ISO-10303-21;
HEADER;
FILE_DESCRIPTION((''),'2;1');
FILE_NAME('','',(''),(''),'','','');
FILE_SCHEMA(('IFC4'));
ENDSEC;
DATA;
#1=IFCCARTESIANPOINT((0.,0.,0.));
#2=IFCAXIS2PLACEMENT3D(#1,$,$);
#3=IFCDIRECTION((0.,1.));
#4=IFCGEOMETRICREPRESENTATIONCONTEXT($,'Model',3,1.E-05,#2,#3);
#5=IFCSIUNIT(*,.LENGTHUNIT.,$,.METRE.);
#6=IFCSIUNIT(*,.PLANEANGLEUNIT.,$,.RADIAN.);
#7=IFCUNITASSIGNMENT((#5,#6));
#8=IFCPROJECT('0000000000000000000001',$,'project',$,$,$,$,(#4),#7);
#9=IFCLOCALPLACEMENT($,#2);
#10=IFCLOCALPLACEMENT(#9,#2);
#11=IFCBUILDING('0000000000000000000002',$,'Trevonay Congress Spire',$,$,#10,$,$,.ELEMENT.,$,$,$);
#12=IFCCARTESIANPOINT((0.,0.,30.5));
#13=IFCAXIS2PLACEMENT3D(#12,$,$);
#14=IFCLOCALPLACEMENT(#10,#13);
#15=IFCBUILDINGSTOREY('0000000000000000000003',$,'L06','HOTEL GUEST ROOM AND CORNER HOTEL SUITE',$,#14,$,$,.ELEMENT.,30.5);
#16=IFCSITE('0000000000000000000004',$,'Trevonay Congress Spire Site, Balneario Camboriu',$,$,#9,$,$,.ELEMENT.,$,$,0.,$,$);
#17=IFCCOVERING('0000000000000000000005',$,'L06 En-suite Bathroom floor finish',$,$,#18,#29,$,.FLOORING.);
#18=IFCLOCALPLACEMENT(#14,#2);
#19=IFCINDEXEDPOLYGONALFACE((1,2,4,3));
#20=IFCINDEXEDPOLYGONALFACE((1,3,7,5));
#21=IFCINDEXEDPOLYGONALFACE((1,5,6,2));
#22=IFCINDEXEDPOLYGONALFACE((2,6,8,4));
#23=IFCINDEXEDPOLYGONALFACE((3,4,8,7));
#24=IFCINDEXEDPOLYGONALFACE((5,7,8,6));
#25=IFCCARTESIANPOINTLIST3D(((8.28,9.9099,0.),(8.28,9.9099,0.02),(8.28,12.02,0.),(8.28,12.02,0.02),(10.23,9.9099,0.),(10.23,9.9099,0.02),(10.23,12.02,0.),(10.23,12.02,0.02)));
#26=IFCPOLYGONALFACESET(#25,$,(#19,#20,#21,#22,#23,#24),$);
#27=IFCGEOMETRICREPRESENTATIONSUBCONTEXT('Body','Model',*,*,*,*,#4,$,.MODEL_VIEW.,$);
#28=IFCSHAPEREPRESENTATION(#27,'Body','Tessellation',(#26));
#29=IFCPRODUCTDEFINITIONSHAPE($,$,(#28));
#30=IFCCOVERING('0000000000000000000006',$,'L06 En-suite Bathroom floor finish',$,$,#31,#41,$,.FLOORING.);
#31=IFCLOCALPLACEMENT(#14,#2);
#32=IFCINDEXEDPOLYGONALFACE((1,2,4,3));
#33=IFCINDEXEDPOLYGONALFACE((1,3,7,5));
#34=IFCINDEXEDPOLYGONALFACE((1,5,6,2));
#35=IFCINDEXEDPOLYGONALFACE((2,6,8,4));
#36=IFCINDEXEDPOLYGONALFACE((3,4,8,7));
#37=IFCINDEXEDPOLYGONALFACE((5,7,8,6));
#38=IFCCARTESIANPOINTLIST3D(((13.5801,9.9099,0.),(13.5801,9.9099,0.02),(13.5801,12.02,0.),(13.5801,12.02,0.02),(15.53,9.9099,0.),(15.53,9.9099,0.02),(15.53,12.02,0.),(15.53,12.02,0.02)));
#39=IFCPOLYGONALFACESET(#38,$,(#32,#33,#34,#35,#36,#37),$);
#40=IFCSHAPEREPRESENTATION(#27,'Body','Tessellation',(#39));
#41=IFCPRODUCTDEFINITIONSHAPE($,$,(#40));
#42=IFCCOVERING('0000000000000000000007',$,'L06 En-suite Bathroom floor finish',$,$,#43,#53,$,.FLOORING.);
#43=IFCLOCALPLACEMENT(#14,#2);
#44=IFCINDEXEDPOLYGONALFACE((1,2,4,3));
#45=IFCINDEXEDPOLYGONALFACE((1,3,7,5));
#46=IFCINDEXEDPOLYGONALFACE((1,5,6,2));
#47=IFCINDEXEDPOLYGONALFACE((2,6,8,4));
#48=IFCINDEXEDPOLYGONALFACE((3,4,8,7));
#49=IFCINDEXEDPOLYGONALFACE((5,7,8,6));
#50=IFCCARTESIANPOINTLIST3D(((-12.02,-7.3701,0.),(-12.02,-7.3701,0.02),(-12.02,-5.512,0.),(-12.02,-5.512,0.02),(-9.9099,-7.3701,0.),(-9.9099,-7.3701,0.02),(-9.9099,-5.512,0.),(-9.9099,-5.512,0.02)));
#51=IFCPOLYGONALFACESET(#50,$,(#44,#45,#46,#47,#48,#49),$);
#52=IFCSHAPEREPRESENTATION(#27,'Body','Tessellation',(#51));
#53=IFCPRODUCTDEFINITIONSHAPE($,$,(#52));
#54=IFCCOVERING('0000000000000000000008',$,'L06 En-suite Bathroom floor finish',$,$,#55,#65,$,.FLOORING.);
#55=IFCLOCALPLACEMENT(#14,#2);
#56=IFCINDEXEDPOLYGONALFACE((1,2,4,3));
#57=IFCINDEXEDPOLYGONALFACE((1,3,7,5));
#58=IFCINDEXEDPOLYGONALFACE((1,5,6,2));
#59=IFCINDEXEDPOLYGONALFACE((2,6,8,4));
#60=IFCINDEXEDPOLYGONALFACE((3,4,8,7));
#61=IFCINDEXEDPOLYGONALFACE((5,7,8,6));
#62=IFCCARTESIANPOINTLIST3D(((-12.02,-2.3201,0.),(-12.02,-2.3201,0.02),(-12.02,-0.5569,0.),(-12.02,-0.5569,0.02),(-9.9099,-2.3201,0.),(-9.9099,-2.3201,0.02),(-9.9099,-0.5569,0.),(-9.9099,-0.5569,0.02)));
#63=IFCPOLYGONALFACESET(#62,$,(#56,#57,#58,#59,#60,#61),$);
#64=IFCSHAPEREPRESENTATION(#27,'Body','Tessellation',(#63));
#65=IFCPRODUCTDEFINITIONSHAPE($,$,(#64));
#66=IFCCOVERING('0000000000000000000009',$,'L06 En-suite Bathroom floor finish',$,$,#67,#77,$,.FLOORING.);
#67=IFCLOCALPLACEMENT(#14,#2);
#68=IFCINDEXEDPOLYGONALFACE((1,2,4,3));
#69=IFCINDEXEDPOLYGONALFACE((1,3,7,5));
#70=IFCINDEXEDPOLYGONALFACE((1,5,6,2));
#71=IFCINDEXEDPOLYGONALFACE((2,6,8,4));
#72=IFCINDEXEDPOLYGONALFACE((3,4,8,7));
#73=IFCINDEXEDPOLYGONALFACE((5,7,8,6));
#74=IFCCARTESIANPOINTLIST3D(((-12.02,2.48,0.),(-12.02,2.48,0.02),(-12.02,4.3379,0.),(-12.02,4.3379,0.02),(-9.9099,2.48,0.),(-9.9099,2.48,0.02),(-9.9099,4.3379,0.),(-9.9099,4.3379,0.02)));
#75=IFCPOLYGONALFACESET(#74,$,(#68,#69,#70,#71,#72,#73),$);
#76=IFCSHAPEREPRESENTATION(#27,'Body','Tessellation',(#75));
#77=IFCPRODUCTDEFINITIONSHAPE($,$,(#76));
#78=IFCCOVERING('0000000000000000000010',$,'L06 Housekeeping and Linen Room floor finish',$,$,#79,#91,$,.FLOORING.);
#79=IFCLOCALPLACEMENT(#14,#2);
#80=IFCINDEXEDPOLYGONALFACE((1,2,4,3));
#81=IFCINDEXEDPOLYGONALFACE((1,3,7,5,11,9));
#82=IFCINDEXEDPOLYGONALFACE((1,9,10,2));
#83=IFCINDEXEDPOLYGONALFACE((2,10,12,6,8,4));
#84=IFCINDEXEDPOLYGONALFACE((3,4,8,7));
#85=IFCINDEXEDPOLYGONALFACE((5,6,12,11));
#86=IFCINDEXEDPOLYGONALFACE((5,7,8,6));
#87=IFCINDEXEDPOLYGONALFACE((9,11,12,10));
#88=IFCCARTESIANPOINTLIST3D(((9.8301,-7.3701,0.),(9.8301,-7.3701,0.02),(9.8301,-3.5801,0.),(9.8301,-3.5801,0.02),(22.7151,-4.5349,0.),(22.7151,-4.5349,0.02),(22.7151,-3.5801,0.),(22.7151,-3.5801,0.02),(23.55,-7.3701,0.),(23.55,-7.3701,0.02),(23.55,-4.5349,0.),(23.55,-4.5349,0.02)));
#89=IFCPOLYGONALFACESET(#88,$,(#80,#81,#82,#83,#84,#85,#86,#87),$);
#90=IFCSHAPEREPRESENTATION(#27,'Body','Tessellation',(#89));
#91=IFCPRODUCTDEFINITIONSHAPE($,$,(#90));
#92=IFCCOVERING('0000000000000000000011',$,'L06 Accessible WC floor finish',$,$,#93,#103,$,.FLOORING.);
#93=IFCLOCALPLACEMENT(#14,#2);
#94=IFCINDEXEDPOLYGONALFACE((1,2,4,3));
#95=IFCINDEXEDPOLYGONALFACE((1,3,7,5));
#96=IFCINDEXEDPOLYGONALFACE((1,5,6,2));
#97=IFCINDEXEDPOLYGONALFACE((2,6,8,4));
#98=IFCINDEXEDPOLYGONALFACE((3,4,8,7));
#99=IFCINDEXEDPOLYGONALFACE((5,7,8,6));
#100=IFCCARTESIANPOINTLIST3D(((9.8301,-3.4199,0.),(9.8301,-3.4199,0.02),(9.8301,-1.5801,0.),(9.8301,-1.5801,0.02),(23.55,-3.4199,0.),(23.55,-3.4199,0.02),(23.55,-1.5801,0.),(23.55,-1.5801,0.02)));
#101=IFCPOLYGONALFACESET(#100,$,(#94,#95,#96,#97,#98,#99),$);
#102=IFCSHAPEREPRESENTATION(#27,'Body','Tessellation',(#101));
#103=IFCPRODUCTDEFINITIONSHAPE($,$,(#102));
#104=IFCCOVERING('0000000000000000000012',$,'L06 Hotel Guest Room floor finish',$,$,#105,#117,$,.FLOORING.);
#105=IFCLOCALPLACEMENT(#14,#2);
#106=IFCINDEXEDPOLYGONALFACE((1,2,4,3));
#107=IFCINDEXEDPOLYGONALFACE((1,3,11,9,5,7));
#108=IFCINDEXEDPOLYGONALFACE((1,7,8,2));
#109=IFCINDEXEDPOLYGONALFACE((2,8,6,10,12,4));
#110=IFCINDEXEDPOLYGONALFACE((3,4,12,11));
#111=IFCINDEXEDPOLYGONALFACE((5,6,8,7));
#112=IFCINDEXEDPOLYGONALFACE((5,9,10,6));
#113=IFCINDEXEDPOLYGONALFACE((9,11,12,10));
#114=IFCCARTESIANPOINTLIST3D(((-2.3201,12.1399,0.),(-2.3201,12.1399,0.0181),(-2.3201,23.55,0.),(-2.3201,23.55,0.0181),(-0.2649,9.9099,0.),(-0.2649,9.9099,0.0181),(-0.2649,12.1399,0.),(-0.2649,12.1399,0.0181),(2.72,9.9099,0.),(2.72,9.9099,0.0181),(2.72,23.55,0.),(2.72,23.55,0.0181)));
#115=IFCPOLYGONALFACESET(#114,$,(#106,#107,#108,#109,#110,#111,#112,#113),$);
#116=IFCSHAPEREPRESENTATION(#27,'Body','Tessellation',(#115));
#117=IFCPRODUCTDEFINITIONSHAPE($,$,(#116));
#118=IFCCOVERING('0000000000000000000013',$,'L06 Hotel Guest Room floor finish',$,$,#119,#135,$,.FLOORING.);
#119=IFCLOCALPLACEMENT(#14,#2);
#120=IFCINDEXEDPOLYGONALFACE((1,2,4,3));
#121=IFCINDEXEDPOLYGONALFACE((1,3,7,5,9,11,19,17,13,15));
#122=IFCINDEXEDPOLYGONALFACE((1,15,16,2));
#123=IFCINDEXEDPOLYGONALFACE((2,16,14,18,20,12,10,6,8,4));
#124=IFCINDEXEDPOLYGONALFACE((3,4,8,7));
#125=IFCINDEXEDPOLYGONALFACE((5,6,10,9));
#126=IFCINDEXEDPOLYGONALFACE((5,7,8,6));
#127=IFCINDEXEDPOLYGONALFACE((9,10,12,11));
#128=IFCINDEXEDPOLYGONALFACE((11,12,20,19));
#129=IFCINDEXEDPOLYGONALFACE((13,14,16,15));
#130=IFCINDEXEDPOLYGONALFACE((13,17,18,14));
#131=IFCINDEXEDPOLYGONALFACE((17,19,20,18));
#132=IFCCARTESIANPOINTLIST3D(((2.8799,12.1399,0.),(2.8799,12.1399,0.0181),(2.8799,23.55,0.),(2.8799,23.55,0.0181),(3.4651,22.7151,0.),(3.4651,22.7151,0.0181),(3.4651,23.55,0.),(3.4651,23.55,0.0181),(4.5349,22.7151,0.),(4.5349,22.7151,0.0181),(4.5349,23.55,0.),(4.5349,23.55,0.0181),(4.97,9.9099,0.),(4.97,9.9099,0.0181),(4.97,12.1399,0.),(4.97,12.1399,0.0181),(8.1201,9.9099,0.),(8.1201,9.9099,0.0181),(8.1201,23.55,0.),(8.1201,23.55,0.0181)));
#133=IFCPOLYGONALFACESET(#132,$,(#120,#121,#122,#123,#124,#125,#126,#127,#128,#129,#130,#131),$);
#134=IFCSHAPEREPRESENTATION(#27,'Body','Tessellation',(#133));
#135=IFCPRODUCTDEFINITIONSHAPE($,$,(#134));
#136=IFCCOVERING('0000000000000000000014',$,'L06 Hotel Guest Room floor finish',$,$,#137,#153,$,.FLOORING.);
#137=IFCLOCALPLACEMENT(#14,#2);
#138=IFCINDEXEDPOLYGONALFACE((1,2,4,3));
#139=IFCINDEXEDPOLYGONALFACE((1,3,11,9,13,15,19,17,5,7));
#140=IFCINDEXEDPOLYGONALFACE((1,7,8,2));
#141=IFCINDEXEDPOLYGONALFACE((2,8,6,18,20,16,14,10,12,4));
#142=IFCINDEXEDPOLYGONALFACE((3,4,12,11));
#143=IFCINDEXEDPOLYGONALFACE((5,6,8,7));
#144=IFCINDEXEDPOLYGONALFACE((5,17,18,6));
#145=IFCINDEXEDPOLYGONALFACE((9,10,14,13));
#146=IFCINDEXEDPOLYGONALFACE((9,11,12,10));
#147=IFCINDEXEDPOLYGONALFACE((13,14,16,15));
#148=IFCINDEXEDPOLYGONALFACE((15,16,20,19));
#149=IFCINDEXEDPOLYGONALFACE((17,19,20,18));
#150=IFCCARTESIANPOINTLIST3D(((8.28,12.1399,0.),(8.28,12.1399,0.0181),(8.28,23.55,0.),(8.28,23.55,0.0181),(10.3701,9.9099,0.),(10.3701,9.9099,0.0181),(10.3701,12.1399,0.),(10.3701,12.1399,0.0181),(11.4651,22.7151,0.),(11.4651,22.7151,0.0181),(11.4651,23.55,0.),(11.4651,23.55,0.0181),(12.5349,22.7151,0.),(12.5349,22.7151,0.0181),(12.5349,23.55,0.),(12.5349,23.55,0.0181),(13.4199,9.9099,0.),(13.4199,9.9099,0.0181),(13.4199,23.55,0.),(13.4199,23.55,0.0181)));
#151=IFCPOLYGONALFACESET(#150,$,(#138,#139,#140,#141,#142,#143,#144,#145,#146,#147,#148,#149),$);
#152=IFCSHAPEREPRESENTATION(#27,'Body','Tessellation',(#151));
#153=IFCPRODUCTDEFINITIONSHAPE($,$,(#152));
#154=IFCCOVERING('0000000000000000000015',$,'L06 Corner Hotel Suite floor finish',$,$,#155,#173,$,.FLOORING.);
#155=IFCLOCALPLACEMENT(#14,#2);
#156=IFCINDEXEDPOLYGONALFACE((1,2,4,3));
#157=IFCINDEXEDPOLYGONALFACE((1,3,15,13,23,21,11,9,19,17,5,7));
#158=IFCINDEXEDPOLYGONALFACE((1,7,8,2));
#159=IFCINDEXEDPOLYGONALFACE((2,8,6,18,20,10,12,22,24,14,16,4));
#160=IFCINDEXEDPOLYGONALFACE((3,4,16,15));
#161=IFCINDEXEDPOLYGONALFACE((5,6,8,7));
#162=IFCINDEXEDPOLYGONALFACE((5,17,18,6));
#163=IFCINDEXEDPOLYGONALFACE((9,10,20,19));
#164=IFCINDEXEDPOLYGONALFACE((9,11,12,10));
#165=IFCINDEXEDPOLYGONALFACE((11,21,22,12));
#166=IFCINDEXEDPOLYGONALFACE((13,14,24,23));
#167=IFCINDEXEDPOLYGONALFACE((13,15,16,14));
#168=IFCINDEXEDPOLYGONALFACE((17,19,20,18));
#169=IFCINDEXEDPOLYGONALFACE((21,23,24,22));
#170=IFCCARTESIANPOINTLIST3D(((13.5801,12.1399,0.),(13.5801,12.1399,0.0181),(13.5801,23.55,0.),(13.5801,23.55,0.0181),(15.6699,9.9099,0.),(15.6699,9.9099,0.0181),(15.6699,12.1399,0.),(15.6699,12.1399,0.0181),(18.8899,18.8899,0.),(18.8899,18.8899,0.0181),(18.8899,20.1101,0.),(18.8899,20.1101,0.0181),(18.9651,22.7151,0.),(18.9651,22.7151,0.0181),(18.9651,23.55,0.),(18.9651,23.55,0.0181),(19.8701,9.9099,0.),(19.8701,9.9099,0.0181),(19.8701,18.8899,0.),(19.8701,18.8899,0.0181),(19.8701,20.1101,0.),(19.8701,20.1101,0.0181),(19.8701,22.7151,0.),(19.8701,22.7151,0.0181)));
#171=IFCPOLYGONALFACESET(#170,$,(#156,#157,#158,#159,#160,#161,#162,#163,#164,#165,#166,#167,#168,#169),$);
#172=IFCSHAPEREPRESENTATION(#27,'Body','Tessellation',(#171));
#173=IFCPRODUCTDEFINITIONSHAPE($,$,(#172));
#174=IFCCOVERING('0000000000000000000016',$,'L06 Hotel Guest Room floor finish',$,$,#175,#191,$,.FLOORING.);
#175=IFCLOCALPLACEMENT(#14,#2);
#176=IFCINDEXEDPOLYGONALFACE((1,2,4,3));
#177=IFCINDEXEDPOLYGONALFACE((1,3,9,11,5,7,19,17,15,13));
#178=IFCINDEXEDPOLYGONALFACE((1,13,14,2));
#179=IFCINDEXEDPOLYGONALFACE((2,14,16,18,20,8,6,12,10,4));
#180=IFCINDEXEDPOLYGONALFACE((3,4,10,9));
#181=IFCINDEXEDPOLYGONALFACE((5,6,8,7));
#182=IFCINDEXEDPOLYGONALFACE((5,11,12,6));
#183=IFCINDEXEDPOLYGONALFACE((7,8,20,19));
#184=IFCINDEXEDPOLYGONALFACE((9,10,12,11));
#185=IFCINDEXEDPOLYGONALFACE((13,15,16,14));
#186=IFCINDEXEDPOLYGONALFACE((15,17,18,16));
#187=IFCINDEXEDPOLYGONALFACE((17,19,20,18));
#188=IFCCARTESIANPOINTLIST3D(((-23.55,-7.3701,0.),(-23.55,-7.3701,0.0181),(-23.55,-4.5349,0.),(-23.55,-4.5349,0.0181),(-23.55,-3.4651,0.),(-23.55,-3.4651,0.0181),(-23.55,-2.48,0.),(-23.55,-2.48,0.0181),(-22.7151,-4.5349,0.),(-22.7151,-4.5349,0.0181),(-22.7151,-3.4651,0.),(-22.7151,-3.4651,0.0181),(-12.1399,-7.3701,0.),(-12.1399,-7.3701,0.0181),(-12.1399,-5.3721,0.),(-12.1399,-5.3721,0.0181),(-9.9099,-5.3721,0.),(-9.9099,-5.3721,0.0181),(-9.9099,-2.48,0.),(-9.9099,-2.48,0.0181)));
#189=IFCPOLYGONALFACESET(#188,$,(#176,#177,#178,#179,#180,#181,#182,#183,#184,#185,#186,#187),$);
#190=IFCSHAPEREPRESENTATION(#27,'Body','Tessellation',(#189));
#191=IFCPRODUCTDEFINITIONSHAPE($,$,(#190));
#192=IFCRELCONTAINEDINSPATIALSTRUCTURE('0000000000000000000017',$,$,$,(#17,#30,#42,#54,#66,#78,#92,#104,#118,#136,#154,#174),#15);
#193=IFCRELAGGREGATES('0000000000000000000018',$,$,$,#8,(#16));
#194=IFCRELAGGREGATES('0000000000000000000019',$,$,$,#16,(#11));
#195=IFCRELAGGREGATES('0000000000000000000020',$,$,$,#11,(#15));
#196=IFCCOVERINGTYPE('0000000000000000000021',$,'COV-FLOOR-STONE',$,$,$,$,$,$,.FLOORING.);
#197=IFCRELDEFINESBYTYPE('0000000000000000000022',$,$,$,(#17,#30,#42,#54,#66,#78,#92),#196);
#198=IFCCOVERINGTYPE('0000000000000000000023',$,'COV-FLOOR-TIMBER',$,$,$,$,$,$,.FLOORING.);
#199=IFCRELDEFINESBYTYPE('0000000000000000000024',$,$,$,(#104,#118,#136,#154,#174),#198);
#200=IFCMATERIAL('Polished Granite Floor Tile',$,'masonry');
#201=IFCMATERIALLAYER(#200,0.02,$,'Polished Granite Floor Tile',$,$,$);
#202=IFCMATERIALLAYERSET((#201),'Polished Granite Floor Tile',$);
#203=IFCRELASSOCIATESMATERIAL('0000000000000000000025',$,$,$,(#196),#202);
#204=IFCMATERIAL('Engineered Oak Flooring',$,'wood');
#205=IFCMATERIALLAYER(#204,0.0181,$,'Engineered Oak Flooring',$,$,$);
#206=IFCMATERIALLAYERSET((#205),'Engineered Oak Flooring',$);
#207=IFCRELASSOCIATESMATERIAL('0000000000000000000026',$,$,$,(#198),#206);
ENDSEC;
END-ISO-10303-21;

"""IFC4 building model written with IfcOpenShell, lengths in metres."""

from ifc_helpers import new_model, si_unit, direction, frame, origin, place, context, subcontext, project, spatial, polyline, outline, extrude, material, layer, layer_set, type_object, element, save


model = new_model("IFC4")

# Units and contexts
model_context = context("Model", 3, precision=1e-05, world=origin(), true_north=direction((0.0, 1.0)))
body_context = subcontext(model_context, "Body", "Model", "MODEL_VIEW")
ifc_project = project(units=[si_unit("LENGTHUNIT", "METRE"), si_unit("PLANEANGLEUNIT", "RADIAN")], contexts=[model_context])

# Site, building, storey
site_placement = place(None, origin())
site = spatial("IfcSite", under=ifc_project, at=site_placement, Name="Trevonay Congress Spire Site, Balneario Camboriu", CompositionType="ELEMENT", RefElevation=0.0)
building_placement = place(site_placement, origin())
building = spatial("IfcBuilding", under=site, at=building_placement, Name="Trevonay Congress Spire", CompositionType="ELEMENT")
storey_placement = place(building_placement, frame((0.0, 0.0, 30.5)))
storey = spatial("IfcBuildingStorey", under=building, at=storey_placement, Name="L06", Description="HOTEL GUEST ROOM AND CORNER HOTEL SUITE", CompositionType="ELEMENT", Elevation=30.5)

# Coverings
ifc_material_1 = material(Name="Polished Granite Floor Tile", Category="masonry")
ifc_layer_1 = layer(ifc_material_1, 0.02, Name="Polished Granite Floor Tile")
ifc_layer_set_1 = layer_set([ifc_layer_1], Name="Polished Granite Floor Tile")
covering_type_1 = type_object("IfcCoveringType", Name="COV-FLOOR-STONE", PredefinedType="FLOORING", material=ifc_layer_set_1)
covering_1_placement = place(storey_placement, origin())
element("IfcCovering", 1, at=covering_1_placement, inside=storey, type_object=covering_type_1, Name="L06 En-suite Bathroom floor finish", PredefinedType="FLOORING", context=body_context, shape_type="SweptSolid", body=[
    extrude(outline(polyline([(8.28, 9.9099), (10.23, 9.9099), (10.23, 12.02), (8.28, 12.02), (8.28, 9.9099)])), origin(), (0.0, 0.0, 1.0), 0.02),
])
covering_2_placement = place(storey_placement, origin())
element("IfcCovering", 2, at=covering_2_placement, inside=storey, type_object=covering_type_1, Name="L06 En-suite Bathroom floor finish", PredefinedType="FLOORING", context=body_context, shape_type="SweptSolid", body=[
    extrude(outline(polyline([(13.5801, 9.9099), (15.53, 9.9099), (15.53, 12.02), (13.5801, 12.02), (13.5801, 9.9099)])), origin(), (0.0, 0.0, 1.0), 0.02),
])
covering_3_placement = place(storey_placement, origin())
element("IfcCovering", 3, at=covering_3_placement, inside=storey, type_object=covering_type_1, Name="L06 En-suite Bathroom floor finish", PredefinedType="FLOORING", context=body_context, shape_type="SweptSolid", body=[
    extrude(outline(polyline([(-12.02, -7.3701), (-9.9099, -7.3701), (-9.9099, -5.512), (-12.02, -5.512), (-12.02, -7.3701)])), origin(), (0.0, 0.0, 1.0), 0.02),
])
covering_4_placement = place(storey_placement, origin())
element("IfcCovering", 4, at=covering_4_placement, inside=storey, type_object=covering_type_1, Name="L06 En-suite Bathroom floor finish", PredefinedType="FLOORING", context=body_context, shape_type="SweptSolid", body=[
    extrude(outline(polyline([(-12.02, -2.3201), (-9.9099, -2.3201), (-9.9099, -0.5569), (-12.02, -0.5569), (-12.02, -2.3201)])), origin(), (0.0, 0.0, 1.0), 0.02),
])
covering_5_placement = place(storey_placement, origin())
element("IfcCovering", 5, at=covering_5_placement, inside=storey, type_object=covering_type_1, Name="L06 En-suite Bathroom floor finish", PredefinedType="FLOORING", context=body_context, shape_type="SweptSolid", body=[
    extrude(outline(polyline([(-12.02, 2.48), (-9.9099, 2.48), (-9.9099, 4.3379), (-12.02, 4.3379), (-12.02, 2.48)])), origin(), (0.0, 0.0, 1.0), 0.02),
])
covering_6_placement = place(storey_placement, origin())
element("IfcCovering", 6, at=covering_6_placement, inside=storey, type_object=covering_type_1, Name="L06 Housekeeping and Linen Room floor finish", PredefinedType="FLOORING", context=body_context, shape_type="SweptSolid", body=[
    extrude(outline(polyline([(23.55, -7.3701), (9.8301, -7.3701), (9.8301, -3.5801), (22.7151, -3.5801), (22.7151, -4.5349), (23.55, -4.5349), (23.55, -7.3701)])), origin(), (0.0, 0.0, 1.0), 0.02),
])
covering_7_placement = place(storey_placement, origin())
element("IfcCovering", 7, at=covering_7_placement, inside=storey, type_object=covering_type_1, Name="L06 Accessible WC floor finish", PredefinedType="FLOORING", context=body_context, shape_type="SweptSolid", body=[
    extrude(outline(polyline([(9.8301, -3.4199), (23.55, -3.4199), (23.55, -1.5801), (9.8301, -1.5801), (9.8301, -3.4199)])), origin(), (0.0, 0.0, 1.0), 0.02),
])
ifc_material_2 = material(Name="Engineered Oak Flooring", Category="wood")
ifc_layer_2 = layer(ifc_material_2, 0.0181, Name="Engineered Oak Flooring")
ifc_layer_set_2 = layer_set([ifc_layer_2], Name="Engineered Oak Flooring")
covering_type_2 = type_object("IfcCoveringType", Name="COV-FLOOR-TIMBER", PredefinedType="FLOORING", material=ifc_layer_set_2)
covering_8_placement = place(storey_placement, origin())
element("IfcCovering", 8, at=covering_8_placement, inside=storey, type_object=covering_type_2, Name="L06 Hotel Guest Room floor finish", PredefinedType="FLOORING", context=body_context, shape_type="SweptSolid", body=[
    extrude(outline(polyline([(-0.2649, 9.9099), (2.72, 9.9099), (2.72, 23.55), (-2.3201, 23.55), (-2.3201, 12.1399), (-0.2649, 12.1399), (-0.2649, 9.9099)])), origin(), (0.0, 0.0, 1.0), 0.0181),
])
covering_9_placement = place(storey_placement, origin())
element("IfcCovering", 9, at=covering_9_placement, inside=storey, type_object=covering_type_2, Name="L06 Hotel Guest Room floor finish", PredefinedType="FLOORING", context=body_context, shape_type="SweptSolid", body=[
    extrude(outline(polyline([(8.1201, 23.55), (8.1201, 9.9099), (4.97, 9.9099), (4.97, 12.1399), (2.8799, 12.1399), (2.8799, 23.55), (3.4651, 23.55), (3.4651, 22.7151), (4.5349, 22.7151), (4.5349, 23.55), (8.1201, 23.55)])), origin(), (0.0, 0.0, 1.0), 0.0181),
])
covering_10_placement = place(storey_placement, origin())
element("IfcCovering", 10, at=covering_10_placement, inside=storey, type_object=covering_type_2, Name="L06 Hotel Guest Room floor finish", PredefinedType="FLOORING", context=body_context, shape_type="SweptSolid", body=[
    extrude(outline(polyline([(13.4199, 23.55), (13.4199, 9.9099), (10.3701, 9.9099), (10.3701, 12.1399), (8.28, 12.1399), (8.28, 23.55), (11.4651, 23.55), (11.4651, 22.7151), (12.5349, 22.7151), (12.5349, 23.55), (13.4199, 23.55)])), origin(), (0.0, 0.0, 1.0), 0.0181),
])
covering_11_placement = place(storey_placement, origin())
element("IfcCovering", 11, at=covering_11_placement, inside=storey, type_object=covering_type_2, Name="L06 Corner Hotel Suite floor finish", PredefinedType="FLOORING", context=body_context, shape_type="SweptSolid", body=[
    extrude(outline(polyline([(19.8701, 9.9099), (15.6699, 9.9099), (15.6699, 12.1399), (13.5801, 12.1399), (13.5801, 23.55), (18.9651, 23.55), (18.9651, 22.7151), (19.8701, 22.7151), (19.8701, 20.1101), (18.8899, 20.1101), (18.8899, 18.8899), (19.8701, 18.8899), (19.8701, 9.9099)])), origin(), (0.0, 0.0, 1.0), 0.0181),
])
covering_12_placement = place(storey_placement, origin())
element("IfcCovering", 12, at=covering_12_placement, inside=storey, type_object=covering_type_2, Name="L06 Hotel Guest Room floor finish", PredefinedType="FLOORING", context=body_context, shape_type="SweptSolid", body=[
    extrude(outline(polyline([(-23.55, -4.5349), (-22.7151, -4.5349), (-22.7151, -3.4651), (-23.55, -3.4651), (-23.55, -2.48), (-9.9099, -2.48), (-9.9099, -5.3721), (-12.1399, -5.3721), (-12.1399, -7.3701), (-23.55, -7.3701), (-23.55, -4.5349)])), origin(), (0.0, 0.0, 1.0), 0.0181),
])

save(model, "model.ifc")
